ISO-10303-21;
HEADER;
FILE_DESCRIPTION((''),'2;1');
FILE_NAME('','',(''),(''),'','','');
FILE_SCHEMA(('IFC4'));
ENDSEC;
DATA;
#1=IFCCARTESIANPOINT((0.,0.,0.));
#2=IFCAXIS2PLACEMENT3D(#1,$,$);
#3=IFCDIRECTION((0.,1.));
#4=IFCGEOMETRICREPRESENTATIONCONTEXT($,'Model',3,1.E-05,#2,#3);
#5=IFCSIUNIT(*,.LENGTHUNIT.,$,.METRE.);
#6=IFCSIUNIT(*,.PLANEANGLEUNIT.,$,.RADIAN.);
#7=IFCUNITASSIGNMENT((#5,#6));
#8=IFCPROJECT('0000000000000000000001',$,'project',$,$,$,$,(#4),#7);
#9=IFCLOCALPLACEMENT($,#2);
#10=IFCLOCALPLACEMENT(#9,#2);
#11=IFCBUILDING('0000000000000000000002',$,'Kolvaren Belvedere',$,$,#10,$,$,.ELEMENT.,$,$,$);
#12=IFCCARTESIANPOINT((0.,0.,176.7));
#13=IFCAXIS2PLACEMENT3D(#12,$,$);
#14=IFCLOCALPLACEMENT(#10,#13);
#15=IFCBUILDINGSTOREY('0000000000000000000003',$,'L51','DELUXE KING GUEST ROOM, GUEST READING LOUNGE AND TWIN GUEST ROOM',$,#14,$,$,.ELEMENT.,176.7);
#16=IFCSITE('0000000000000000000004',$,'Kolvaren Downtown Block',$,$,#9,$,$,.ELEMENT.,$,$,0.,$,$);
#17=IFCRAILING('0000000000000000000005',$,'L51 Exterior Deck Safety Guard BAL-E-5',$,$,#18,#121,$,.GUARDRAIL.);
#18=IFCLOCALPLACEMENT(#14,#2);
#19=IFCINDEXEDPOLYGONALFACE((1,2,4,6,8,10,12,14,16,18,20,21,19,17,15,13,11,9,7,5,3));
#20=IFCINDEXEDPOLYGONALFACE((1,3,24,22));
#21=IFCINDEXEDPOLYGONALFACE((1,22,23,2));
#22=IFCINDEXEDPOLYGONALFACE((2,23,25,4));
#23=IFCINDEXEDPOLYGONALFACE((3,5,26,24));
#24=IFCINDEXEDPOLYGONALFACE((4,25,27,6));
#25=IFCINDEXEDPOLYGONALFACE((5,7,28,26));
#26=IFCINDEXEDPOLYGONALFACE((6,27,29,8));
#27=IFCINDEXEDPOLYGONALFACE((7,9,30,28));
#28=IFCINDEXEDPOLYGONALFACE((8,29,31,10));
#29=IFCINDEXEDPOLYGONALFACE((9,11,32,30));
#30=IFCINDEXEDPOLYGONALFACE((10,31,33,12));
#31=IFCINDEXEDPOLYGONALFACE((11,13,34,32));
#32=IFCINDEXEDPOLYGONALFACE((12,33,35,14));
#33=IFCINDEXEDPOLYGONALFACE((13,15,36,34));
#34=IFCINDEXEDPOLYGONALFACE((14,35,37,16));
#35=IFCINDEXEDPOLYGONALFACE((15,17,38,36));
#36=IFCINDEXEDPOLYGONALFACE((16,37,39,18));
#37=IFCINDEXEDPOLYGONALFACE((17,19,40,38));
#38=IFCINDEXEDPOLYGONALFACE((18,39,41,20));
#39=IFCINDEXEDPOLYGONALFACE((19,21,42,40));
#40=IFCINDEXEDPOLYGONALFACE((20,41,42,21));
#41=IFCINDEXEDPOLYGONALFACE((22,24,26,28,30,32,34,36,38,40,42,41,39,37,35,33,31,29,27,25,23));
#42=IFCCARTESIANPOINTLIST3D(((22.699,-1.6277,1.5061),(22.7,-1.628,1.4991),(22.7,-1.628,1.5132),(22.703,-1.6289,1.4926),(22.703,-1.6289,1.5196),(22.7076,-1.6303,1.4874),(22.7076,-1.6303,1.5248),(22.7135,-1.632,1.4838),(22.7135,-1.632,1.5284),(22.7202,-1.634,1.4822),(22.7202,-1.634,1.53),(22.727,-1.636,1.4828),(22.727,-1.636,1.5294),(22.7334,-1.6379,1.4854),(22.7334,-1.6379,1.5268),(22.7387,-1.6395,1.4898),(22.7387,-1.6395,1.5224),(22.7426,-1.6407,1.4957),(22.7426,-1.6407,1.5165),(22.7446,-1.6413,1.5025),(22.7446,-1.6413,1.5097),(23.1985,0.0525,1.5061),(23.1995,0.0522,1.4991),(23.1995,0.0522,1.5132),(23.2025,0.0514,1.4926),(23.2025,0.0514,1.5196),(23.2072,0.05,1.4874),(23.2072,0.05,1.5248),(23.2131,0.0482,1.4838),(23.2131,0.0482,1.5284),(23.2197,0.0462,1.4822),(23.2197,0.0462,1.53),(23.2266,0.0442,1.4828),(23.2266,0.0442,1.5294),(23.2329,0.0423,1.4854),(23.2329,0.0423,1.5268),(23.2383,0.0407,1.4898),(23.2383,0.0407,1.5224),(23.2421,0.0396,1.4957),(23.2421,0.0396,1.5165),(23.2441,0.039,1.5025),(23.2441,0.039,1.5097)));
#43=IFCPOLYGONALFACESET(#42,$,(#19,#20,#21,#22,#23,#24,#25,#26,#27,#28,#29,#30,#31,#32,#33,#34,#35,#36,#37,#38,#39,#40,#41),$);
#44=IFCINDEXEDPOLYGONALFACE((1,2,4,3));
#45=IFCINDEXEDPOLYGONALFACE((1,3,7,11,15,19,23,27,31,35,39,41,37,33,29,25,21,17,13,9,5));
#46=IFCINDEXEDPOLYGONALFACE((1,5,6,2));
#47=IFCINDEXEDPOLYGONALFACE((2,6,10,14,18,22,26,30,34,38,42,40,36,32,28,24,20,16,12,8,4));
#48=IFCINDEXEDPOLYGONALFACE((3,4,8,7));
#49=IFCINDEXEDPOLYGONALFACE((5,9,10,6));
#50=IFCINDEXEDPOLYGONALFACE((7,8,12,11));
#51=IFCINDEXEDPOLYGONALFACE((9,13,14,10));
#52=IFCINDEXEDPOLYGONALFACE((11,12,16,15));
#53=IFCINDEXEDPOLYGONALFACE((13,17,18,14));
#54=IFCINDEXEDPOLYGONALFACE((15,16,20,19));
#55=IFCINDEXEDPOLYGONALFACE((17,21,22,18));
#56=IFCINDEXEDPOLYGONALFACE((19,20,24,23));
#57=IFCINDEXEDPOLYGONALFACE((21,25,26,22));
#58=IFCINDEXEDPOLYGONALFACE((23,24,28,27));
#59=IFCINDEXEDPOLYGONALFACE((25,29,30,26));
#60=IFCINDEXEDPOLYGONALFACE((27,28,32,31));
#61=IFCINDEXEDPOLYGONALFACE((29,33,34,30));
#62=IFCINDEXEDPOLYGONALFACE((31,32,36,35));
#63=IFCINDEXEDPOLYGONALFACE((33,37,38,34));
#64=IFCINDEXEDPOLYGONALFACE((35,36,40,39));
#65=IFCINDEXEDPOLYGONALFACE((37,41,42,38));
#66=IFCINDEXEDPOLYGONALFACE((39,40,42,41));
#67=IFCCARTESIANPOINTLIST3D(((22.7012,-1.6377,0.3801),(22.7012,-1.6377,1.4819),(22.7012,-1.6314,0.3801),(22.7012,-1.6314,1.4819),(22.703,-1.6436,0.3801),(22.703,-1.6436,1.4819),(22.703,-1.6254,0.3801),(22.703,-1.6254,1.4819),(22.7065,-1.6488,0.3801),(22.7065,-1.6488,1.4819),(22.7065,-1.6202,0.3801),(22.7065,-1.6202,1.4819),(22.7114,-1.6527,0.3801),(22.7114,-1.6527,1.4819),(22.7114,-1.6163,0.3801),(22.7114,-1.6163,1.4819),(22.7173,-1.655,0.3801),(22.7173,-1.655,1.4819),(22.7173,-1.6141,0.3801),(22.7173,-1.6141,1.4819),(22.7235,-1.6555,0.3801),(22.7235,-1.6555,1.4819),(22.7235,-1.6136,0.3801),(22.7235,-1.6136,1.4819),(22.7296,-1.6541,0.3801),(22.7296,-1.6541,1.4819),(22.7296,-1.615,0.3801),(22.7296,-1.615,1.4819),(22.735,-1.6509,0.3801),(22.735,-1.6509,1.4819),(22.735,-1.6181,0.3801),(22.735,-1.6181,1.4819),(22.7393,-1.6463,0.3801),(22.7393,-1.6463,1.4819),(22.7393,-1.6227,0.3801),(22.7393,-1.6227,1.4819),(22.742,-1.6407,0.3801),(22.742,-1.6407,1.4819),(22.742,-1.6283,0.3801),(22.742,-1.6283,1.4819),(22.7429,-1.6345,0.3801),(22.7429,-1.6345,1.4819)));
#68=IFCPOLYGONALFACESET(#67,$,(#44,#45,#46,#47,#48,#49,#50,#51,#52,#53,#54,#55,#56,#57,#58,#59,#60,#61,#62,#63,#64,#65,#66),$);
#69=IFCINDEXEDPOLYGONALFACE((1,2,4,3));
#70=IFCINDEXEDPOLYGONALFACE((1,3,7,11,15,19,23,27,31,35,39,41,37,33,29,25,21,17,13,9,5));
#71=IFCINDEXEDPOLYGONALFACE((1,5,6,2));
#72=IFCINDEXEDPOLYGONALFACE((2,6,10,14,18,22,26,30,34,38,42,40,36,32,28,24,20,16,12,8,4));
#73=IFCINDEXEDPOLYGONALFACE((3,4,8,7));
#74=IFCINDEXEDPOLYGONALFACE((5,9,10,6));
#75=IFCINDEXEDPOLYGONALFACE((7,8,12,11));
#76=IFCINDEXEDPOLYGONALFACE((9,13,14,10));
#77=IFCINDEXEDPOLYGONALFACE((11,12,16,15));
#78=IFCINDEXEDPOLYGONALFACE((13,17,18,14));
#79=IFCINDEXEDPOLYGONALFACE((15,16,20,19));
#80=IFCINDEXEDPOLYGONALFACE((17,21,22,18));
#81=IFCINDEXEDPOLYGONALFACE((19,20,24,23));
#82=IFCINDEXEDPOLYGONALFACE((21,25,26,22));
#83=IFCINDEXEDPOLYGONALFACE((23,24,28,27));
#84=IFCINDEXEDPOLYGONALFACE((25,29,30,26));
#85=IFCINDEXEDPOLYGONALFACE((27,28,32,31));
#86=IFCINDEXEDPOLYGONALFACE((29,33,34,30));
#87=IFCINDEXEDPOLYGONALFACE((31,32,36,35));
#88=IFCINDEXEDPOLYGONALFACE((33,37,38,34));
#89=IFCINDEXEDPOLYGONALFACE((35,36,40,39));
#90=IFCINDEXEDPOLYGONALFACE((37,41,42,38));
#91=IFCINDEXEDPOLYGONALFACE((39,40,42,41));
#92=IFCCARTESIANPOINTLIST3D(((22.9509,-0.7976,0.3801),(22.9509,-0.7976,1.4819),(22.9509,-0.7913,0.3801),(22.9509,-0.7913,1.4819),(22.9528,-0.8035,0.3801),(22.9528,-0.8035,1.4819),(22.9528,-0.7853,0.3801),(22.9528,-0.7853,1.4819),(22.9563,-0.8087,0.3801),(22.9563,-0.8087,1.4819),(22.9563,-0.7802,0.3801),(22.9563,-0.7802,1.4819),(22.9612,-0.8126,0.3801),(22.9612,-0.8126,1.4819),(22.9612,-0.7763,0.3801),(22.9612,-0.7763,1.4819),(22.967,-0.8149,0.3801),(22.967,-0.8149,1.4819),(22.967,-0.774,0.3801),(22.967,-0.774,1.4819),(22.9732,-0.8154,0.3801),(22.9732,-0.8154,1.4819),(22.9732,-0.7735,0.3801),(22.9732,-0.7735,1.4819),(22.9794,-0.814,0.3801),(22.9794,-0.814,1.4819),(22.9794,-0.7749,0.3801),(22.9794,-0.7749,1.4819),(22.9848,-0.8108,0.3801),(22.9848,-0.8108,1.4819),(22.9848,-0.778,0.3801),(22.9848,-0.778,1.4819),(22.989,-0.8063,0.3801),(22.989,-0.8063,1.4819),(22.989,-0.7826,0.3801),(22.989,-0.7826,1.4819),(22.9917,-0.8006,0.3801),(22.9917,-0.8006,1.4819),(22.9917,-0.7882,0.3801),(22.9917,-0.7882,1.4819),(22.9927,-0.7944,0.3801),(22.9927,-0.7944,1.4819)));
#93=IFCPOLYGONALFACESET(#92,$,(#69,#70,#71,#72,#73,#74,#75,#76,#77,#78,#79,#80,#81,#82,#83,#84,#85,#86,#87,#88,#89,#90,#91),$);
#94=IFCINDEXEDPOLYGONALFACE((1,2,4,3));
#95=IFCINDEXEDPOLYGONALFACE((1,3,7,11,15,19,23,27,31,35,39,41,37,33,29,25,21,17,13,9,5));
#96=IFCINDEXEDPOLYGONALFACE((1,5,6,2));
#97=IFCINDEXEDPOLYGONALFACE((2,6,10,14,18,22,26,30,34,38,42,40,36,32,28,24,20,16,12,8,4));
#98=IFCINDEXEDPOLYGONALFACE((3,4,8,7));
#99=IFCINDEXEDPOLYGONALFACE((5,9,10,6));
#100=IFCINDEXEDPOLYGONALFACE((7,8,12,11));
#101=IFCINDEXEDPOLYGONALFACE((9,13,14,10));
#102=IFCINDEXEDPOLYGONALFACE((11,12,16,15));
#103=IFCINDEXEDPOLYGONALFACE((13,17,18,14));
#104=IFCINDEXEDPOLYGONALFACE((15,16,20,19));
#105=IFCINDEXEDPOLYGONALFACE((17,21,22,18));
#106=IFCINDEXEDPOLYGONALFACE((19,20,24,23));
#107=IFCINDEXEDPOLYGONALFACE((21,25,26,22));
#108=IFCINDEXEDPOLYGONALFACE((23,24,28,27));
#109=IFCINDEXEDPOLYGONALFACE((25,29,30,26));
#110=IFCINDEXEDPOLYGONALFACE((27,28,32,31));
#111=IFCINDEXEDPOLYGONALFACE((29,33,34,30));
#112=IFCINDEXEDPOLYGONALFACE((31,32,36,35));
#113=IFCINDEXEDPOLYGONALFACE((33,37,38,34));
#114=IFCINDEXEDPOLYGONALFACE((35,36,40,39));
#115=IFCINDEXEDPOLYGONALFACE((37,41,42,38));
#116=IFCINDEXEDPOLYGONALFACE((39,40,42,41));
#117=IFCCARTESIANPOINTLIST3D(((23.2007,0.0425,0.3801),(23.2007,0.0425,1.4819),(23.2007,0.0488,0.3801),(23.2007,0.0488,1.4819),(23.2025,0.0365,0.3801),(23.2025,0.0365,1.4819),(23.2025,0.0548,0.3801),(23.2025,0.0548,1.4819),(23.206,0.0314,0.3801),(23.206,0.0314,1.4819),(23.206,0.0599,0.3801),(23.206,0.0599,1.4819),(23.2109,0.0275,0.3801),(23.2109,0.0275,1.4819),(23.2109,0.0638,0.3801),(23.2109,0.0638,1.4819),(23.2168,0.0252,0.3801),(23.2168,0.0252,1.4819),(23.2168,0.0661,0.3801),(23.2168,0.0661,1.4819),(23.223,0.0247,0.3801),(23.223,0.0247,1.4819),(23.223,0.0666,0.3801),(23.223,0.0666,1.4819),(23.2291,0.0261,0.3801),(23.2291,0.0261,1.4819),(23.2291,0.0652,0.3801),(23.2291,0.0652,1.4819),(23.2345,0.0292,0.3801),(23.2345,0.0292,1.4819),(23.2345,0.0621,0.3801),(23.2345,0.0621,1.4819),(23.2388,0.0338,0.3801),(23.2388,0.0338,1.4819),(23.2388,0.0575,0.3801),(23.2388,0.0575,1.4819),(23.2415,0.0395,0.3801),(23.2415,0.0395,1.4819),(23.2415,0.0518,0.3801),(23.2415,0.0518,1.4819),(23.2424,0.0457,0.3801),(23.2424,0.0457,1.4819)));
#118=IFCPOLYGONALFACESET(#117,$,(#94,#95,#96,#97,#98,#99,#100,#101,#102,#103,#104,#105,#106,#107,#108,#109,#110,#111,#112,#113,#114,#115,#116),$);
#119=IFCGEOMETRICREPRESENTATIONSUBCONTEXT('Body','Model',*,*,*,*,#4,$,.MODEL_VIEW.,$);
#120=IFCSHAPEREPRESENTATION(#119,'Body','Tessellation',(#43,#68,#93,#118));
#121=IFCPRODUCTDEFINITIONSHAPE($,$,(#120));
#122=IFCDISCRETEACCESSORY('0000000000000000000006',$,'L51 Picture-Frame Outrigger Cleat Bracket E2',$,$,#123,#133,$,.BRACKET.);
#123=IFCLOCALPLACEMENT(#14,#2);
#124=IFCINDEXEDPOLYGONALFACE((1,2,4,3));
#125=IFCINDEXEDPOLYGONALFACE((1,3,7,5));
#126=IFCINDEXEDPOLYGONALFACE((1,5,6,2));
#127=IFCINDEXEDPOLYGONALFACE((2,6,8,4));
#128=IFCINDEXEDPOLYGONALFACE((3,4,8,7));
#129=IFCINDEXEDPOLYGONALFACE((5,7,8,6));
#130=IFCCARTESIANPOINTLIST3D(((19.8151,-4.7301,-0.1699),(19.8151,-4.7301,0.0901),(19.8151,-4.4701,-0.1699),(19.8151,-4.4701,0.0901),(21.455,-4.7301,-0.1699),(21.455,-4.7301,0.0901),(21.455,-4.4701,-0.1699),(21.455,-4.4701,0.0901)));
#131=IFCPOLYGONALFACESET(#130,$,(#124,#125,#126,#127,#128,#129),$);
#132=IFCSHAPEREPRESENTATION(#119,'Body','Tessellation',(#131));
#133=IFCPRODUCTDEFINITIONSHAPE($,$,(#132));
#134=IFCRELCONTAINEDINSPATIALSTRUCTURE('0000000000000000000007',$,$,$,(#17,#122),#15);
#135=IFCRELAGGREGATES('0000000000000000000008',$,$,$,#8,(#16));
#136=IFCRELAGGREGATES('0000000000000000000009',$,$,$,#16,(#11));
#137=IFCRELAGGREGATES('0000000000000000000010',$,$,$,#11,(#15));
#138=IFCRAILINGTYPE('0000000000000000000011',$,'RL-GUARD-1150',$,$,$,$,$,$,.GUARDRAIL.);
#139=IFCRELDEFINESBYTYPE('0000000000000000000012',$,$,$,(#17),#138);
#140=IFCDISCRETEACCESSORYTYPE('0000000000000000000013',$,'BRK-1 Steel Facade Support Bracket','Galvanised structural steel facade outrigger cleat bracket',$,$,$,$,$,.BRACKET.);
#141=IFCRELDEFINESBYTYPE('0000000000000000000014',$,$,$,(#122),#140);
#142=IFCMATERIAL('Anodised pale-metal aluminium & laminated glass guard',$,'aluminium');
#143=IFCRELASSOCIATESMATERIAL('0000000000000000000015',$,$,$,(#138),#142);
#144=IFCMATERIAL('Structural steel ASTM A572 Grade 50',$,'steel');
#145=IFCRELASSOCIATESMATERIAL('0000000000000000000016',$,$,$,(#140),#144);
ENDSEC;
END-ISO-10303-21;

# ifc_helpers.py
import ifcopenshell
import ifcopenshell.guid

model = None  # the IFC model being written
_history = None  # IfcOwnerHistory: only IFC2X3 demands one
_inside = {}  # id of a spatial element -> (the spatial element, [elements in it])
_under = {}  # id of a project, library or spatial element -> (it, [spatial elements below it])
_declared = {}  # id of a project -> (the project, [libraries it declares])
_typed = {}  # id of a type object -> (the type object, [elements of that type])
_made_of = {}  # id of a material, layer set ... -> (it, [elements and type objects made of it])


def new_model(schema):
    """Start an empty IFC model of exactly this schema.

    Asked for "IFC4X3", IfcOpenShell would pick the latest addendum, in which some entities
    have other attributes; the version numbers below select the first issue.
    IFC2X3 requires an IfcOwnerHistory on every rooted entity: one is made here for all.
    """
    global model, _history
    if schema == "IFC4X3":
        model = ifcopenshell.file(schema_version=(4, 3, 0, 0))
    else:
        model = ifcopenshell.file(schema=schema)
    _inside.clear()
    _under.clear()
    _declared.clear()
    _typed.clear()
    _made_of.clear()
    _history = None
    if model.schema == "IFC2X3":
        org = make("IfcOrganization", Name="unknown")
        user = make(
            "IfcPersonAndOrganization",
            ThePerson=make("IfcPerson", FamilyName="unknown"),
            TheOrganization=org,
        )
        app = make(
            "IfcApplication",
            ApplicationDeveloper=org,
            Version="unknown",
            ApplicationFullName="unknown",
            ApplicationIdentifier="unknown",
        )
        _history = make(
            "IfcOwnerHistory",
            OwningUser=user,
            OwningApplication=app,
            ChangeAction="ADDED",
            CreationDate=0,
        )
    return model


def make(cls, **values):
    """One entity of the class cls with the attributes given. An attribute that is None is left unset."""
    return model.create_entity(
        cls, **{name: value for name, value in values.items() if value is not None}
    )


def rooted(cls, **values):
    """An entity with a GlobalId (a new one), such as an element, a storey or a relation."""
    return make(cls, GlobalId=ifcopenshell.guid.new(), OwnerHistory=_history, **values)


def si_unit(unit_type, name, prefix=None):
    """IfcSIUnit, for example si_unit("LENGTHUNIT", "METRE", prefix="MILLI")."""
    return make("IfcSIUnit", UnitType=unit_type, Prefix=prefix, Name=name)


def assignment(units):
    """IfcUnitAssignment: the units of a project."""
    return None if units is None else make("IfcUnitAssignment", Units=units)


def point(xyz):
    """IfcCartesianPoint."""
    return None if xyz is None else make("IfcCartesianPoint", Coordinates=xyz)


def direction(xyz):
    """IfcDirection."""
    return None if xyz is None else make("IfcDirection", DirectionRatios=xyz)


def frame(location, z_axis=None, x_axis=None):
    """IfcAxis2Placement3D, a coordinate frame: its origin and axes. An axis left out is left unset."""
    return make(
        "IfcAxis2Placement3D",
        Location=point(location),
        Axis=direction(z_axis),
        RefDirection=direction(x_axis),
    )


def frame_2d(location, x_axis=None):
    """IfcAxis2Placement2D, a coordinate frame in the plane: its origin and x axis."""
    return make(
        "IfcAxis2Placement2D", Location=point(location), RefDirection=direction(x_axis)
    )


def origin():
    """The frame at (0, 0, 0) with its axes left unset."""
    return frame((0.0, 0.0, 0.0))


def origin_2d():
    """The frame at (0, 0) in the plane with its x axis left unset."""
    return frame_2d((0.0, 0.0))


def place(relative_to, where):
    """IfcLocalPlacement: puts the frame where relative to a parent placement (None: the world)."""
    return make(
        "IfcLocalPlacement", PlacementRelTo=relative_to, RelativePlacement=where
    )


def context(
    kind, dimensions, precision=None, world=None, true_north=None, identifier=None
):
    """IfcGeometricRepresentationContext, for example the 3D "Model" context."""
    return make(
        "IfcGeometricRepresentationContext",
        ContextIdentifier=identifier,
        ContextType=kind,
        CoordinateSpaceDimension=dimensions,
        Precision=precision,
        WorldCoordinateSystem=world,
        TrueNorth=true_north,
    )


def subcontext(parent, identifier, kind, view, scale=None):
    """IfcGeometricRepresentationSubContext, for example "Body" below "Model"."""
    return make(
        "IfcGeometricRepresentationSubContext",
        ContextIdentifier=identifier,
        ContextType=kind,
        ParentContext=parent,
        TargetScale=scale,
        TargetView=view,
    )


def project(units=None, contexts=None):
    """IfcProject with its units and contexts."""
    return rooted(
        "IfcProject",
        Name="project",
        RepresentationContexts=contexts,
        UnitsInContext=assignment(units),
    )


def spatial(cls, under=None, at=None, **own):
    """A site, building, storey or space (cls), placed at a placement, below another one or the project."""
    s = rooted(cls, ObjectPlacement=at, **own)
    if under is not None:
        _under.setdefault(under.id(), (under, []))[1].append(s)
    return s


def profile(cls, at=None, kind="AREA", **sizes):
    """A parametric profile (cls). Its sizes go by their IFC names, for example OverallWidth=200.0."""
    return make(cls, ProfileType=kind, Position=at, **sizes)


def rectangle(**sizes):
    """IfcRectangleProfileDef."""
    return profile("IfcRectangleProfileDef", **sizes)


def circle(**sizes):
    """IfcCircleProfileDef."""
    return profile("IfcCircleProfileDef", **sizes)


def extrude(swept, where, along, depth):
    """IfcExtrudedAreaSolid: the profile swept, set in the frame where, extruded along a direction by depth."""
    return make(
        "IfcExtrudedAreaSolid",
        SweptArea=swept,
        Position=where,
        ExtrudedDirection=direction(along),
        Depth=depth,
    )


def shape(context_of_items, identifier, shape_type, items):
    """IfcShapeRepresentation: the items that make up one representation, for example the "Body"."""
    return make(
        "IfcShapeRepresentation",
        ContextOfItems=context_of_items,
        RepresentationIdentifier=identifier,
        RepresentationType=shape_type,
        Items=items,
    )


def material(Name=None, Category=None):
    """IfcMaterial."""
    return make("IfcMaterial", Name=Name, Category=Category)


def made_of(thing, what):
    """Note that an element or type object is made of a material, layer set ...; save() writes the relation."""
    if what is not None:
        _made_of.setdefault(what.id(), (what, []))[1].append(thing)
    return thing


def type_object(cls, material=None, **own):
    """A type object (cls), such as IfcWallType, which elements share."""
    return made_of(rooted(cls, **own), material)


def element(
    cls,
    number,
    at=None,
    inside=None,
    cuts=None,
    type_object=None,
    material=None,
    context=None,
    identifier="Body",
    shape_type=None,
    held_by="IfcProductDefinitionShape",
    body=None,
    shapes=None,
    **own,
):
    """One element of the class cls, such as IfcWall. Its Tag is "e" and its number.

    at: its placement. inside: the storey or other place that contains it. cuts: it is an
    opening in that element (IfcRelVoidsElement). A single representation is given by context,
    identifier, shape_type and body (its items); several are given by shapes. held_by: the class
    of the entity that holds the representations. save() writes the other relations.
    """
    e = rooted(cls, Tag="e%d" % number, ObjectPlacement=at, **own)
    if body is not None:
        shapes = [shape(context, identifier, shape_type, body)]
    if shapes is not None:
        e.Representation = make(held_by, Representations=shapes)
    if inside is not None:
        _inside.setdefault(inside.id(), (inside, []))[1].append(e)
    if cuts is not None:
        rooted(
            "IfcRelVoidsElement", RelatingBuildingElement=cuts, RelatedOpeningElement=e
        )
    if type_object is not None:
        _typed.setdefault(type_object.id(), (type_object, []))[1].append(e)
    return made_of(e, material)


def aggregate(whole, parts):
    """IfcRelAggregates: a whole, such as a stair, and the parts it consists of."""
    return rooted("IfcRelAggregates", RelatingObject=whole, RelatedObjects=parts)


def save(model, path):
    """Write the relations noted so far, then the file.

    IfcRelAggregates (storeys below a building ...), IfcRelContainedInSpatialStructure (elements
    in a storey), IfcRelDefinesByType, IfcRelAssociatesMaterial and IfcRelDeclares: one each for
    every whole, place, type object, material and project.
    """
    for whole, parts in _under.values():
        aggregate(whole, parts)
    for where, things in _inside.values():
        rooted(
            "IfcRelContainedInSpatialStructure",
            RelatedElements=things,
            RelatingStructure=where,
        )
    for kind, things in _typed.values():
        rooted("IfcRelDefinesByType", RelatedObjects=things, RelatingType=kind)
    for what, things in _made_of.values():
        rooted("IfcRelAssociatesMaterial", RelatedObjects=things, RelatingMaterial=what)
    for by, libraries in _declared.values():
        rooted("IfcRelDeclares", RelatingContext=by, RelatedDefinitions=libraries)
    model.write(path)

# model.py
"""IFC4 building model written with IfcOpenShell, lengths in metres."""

from ifc_helpers import new_model, si_unit, direction, frame, origin, origin_2d, place, context, subcontext, project, spatial, rectangle, circle, extrude, material, type_object, element, save


model = new_model("IFC4")

# Units and contexts
model_context = context("Model", 3, precision=1e-05, world=origin(), true_north=direction((0.0, 1.0)))
body_context = subcontext(model_context, "Body", "Model", "MODEL_VIEW")
ifc_project = project(units=[si_unit("LENGTHUNIT", "METRE"), si_unit("PLANEANGLEUNIT", "RADIAN")], contexts=[model_context])

# Site, building, storey
site_placement = place(None, origin())
site = spatial("IfcSite", under=ifc_project, at=site_placement, Name="Kolvaren Downtown Block", CompositionType="ELEMENT", RefElevation=0.0)
building_placement = place(site_placement, origin())
building = spatial("IfcBuilding", under=site, at=building_placement, Name="Kolvaren Belvedere", CompositionType="ELEMENT")
storey_placement = place(building_placement, frame((0.0, 0.0, 176.7)))
storey = spatial("IfcBuildingStorey", under=building, at=storey_placement, Name="L51", Description="DELUXE KING GUEST ROOM, GUEST READING LOUNGE AND TWIN GUEST ROOM", CompositionType="ELEMENT", Elevation=176.7)

# Railing
ifc_material_1 = material(Name="Anodised pale-metal aluminium & laminated glass guard", Category="aluminium")
railing_type = type_object("IfcRailingType", Name="RL-GUARD-1150", PredefinedType="GUARDRAIL", material=ifc_material_1)
railing_1_placement = place(storey_placement, frame((22.7219, -1.6345, 0.3801)))
element("IfcRailing", 1, at=railing_1_placement, inside=storey, type_object=railing_type, Name="L51 Exterior Deck Safety Guard BAL-E-5", PredefinedType="GUARDRAIL", context=body_context, shape_type="SweptSolid", body=[
    extrude(circle(Radius=0.0239, at=origin_2d()), frame((0.0, 0.0, 1.126), z_axis=(0.28497, 0.958536, 0.0), x_axis=(-0.958536, 0.28497, 0.0)), (0.0, 0.0, 1.0), 1.7529),
    extrude(circle(Radius=0.021, at=origin_2d()), origin(), (0.0, 0.0, 1.0), 1.1018),
    extrude(circle(Radius=0.021, at=origin_2d()), frame((0.2498, 0.8401, 0.0)), (0.0, 0.0, 1.0), 1.1018),
    extrude(circle(Radius=0.021, at=origin_2d()), frame((0.4995, 1.6802, 0.0)), (0.0, 0.0, 1.0), 1.1018),
])

# Discrete accessory
ifc_material_2 = material(Name="Structural steel ASTM A572 Grade 50", Category="steel")
discrete_accessory_type = type_object("IfcDiscreteAccessoryType", Name="BRK-1 Steel Facade Support Bracket", Description="Galvanised structural steel facade outrigger cleat bracket", PredefinedType="BRACKET", material=ifc_material_2)
discrete_accessory_placement = place(storey_placement, frame((20.635, -4.6001, -0.1699), z_axis=(0.0, 0.0, 1.0), x_axis=(1.0, 0.0, 0.0)))
element("IfcDiscreteAccessory", 2, at=discrete_accessory_placement, inside=storey, type_object=discrete_accessory_type, Name="L51 Picture-Frame Outrigger Cleat Bracket E2", PredefinedType="BRACKET", context=body_context, shape_type="SweptSolid", body=[
    extrude(rectangle(XDim=1.6399, YDim=0.26, at=origin_2d()), origin(), (0.0, 0.0, 1.0), 0.26),
])

save(model, "model.ifc")
